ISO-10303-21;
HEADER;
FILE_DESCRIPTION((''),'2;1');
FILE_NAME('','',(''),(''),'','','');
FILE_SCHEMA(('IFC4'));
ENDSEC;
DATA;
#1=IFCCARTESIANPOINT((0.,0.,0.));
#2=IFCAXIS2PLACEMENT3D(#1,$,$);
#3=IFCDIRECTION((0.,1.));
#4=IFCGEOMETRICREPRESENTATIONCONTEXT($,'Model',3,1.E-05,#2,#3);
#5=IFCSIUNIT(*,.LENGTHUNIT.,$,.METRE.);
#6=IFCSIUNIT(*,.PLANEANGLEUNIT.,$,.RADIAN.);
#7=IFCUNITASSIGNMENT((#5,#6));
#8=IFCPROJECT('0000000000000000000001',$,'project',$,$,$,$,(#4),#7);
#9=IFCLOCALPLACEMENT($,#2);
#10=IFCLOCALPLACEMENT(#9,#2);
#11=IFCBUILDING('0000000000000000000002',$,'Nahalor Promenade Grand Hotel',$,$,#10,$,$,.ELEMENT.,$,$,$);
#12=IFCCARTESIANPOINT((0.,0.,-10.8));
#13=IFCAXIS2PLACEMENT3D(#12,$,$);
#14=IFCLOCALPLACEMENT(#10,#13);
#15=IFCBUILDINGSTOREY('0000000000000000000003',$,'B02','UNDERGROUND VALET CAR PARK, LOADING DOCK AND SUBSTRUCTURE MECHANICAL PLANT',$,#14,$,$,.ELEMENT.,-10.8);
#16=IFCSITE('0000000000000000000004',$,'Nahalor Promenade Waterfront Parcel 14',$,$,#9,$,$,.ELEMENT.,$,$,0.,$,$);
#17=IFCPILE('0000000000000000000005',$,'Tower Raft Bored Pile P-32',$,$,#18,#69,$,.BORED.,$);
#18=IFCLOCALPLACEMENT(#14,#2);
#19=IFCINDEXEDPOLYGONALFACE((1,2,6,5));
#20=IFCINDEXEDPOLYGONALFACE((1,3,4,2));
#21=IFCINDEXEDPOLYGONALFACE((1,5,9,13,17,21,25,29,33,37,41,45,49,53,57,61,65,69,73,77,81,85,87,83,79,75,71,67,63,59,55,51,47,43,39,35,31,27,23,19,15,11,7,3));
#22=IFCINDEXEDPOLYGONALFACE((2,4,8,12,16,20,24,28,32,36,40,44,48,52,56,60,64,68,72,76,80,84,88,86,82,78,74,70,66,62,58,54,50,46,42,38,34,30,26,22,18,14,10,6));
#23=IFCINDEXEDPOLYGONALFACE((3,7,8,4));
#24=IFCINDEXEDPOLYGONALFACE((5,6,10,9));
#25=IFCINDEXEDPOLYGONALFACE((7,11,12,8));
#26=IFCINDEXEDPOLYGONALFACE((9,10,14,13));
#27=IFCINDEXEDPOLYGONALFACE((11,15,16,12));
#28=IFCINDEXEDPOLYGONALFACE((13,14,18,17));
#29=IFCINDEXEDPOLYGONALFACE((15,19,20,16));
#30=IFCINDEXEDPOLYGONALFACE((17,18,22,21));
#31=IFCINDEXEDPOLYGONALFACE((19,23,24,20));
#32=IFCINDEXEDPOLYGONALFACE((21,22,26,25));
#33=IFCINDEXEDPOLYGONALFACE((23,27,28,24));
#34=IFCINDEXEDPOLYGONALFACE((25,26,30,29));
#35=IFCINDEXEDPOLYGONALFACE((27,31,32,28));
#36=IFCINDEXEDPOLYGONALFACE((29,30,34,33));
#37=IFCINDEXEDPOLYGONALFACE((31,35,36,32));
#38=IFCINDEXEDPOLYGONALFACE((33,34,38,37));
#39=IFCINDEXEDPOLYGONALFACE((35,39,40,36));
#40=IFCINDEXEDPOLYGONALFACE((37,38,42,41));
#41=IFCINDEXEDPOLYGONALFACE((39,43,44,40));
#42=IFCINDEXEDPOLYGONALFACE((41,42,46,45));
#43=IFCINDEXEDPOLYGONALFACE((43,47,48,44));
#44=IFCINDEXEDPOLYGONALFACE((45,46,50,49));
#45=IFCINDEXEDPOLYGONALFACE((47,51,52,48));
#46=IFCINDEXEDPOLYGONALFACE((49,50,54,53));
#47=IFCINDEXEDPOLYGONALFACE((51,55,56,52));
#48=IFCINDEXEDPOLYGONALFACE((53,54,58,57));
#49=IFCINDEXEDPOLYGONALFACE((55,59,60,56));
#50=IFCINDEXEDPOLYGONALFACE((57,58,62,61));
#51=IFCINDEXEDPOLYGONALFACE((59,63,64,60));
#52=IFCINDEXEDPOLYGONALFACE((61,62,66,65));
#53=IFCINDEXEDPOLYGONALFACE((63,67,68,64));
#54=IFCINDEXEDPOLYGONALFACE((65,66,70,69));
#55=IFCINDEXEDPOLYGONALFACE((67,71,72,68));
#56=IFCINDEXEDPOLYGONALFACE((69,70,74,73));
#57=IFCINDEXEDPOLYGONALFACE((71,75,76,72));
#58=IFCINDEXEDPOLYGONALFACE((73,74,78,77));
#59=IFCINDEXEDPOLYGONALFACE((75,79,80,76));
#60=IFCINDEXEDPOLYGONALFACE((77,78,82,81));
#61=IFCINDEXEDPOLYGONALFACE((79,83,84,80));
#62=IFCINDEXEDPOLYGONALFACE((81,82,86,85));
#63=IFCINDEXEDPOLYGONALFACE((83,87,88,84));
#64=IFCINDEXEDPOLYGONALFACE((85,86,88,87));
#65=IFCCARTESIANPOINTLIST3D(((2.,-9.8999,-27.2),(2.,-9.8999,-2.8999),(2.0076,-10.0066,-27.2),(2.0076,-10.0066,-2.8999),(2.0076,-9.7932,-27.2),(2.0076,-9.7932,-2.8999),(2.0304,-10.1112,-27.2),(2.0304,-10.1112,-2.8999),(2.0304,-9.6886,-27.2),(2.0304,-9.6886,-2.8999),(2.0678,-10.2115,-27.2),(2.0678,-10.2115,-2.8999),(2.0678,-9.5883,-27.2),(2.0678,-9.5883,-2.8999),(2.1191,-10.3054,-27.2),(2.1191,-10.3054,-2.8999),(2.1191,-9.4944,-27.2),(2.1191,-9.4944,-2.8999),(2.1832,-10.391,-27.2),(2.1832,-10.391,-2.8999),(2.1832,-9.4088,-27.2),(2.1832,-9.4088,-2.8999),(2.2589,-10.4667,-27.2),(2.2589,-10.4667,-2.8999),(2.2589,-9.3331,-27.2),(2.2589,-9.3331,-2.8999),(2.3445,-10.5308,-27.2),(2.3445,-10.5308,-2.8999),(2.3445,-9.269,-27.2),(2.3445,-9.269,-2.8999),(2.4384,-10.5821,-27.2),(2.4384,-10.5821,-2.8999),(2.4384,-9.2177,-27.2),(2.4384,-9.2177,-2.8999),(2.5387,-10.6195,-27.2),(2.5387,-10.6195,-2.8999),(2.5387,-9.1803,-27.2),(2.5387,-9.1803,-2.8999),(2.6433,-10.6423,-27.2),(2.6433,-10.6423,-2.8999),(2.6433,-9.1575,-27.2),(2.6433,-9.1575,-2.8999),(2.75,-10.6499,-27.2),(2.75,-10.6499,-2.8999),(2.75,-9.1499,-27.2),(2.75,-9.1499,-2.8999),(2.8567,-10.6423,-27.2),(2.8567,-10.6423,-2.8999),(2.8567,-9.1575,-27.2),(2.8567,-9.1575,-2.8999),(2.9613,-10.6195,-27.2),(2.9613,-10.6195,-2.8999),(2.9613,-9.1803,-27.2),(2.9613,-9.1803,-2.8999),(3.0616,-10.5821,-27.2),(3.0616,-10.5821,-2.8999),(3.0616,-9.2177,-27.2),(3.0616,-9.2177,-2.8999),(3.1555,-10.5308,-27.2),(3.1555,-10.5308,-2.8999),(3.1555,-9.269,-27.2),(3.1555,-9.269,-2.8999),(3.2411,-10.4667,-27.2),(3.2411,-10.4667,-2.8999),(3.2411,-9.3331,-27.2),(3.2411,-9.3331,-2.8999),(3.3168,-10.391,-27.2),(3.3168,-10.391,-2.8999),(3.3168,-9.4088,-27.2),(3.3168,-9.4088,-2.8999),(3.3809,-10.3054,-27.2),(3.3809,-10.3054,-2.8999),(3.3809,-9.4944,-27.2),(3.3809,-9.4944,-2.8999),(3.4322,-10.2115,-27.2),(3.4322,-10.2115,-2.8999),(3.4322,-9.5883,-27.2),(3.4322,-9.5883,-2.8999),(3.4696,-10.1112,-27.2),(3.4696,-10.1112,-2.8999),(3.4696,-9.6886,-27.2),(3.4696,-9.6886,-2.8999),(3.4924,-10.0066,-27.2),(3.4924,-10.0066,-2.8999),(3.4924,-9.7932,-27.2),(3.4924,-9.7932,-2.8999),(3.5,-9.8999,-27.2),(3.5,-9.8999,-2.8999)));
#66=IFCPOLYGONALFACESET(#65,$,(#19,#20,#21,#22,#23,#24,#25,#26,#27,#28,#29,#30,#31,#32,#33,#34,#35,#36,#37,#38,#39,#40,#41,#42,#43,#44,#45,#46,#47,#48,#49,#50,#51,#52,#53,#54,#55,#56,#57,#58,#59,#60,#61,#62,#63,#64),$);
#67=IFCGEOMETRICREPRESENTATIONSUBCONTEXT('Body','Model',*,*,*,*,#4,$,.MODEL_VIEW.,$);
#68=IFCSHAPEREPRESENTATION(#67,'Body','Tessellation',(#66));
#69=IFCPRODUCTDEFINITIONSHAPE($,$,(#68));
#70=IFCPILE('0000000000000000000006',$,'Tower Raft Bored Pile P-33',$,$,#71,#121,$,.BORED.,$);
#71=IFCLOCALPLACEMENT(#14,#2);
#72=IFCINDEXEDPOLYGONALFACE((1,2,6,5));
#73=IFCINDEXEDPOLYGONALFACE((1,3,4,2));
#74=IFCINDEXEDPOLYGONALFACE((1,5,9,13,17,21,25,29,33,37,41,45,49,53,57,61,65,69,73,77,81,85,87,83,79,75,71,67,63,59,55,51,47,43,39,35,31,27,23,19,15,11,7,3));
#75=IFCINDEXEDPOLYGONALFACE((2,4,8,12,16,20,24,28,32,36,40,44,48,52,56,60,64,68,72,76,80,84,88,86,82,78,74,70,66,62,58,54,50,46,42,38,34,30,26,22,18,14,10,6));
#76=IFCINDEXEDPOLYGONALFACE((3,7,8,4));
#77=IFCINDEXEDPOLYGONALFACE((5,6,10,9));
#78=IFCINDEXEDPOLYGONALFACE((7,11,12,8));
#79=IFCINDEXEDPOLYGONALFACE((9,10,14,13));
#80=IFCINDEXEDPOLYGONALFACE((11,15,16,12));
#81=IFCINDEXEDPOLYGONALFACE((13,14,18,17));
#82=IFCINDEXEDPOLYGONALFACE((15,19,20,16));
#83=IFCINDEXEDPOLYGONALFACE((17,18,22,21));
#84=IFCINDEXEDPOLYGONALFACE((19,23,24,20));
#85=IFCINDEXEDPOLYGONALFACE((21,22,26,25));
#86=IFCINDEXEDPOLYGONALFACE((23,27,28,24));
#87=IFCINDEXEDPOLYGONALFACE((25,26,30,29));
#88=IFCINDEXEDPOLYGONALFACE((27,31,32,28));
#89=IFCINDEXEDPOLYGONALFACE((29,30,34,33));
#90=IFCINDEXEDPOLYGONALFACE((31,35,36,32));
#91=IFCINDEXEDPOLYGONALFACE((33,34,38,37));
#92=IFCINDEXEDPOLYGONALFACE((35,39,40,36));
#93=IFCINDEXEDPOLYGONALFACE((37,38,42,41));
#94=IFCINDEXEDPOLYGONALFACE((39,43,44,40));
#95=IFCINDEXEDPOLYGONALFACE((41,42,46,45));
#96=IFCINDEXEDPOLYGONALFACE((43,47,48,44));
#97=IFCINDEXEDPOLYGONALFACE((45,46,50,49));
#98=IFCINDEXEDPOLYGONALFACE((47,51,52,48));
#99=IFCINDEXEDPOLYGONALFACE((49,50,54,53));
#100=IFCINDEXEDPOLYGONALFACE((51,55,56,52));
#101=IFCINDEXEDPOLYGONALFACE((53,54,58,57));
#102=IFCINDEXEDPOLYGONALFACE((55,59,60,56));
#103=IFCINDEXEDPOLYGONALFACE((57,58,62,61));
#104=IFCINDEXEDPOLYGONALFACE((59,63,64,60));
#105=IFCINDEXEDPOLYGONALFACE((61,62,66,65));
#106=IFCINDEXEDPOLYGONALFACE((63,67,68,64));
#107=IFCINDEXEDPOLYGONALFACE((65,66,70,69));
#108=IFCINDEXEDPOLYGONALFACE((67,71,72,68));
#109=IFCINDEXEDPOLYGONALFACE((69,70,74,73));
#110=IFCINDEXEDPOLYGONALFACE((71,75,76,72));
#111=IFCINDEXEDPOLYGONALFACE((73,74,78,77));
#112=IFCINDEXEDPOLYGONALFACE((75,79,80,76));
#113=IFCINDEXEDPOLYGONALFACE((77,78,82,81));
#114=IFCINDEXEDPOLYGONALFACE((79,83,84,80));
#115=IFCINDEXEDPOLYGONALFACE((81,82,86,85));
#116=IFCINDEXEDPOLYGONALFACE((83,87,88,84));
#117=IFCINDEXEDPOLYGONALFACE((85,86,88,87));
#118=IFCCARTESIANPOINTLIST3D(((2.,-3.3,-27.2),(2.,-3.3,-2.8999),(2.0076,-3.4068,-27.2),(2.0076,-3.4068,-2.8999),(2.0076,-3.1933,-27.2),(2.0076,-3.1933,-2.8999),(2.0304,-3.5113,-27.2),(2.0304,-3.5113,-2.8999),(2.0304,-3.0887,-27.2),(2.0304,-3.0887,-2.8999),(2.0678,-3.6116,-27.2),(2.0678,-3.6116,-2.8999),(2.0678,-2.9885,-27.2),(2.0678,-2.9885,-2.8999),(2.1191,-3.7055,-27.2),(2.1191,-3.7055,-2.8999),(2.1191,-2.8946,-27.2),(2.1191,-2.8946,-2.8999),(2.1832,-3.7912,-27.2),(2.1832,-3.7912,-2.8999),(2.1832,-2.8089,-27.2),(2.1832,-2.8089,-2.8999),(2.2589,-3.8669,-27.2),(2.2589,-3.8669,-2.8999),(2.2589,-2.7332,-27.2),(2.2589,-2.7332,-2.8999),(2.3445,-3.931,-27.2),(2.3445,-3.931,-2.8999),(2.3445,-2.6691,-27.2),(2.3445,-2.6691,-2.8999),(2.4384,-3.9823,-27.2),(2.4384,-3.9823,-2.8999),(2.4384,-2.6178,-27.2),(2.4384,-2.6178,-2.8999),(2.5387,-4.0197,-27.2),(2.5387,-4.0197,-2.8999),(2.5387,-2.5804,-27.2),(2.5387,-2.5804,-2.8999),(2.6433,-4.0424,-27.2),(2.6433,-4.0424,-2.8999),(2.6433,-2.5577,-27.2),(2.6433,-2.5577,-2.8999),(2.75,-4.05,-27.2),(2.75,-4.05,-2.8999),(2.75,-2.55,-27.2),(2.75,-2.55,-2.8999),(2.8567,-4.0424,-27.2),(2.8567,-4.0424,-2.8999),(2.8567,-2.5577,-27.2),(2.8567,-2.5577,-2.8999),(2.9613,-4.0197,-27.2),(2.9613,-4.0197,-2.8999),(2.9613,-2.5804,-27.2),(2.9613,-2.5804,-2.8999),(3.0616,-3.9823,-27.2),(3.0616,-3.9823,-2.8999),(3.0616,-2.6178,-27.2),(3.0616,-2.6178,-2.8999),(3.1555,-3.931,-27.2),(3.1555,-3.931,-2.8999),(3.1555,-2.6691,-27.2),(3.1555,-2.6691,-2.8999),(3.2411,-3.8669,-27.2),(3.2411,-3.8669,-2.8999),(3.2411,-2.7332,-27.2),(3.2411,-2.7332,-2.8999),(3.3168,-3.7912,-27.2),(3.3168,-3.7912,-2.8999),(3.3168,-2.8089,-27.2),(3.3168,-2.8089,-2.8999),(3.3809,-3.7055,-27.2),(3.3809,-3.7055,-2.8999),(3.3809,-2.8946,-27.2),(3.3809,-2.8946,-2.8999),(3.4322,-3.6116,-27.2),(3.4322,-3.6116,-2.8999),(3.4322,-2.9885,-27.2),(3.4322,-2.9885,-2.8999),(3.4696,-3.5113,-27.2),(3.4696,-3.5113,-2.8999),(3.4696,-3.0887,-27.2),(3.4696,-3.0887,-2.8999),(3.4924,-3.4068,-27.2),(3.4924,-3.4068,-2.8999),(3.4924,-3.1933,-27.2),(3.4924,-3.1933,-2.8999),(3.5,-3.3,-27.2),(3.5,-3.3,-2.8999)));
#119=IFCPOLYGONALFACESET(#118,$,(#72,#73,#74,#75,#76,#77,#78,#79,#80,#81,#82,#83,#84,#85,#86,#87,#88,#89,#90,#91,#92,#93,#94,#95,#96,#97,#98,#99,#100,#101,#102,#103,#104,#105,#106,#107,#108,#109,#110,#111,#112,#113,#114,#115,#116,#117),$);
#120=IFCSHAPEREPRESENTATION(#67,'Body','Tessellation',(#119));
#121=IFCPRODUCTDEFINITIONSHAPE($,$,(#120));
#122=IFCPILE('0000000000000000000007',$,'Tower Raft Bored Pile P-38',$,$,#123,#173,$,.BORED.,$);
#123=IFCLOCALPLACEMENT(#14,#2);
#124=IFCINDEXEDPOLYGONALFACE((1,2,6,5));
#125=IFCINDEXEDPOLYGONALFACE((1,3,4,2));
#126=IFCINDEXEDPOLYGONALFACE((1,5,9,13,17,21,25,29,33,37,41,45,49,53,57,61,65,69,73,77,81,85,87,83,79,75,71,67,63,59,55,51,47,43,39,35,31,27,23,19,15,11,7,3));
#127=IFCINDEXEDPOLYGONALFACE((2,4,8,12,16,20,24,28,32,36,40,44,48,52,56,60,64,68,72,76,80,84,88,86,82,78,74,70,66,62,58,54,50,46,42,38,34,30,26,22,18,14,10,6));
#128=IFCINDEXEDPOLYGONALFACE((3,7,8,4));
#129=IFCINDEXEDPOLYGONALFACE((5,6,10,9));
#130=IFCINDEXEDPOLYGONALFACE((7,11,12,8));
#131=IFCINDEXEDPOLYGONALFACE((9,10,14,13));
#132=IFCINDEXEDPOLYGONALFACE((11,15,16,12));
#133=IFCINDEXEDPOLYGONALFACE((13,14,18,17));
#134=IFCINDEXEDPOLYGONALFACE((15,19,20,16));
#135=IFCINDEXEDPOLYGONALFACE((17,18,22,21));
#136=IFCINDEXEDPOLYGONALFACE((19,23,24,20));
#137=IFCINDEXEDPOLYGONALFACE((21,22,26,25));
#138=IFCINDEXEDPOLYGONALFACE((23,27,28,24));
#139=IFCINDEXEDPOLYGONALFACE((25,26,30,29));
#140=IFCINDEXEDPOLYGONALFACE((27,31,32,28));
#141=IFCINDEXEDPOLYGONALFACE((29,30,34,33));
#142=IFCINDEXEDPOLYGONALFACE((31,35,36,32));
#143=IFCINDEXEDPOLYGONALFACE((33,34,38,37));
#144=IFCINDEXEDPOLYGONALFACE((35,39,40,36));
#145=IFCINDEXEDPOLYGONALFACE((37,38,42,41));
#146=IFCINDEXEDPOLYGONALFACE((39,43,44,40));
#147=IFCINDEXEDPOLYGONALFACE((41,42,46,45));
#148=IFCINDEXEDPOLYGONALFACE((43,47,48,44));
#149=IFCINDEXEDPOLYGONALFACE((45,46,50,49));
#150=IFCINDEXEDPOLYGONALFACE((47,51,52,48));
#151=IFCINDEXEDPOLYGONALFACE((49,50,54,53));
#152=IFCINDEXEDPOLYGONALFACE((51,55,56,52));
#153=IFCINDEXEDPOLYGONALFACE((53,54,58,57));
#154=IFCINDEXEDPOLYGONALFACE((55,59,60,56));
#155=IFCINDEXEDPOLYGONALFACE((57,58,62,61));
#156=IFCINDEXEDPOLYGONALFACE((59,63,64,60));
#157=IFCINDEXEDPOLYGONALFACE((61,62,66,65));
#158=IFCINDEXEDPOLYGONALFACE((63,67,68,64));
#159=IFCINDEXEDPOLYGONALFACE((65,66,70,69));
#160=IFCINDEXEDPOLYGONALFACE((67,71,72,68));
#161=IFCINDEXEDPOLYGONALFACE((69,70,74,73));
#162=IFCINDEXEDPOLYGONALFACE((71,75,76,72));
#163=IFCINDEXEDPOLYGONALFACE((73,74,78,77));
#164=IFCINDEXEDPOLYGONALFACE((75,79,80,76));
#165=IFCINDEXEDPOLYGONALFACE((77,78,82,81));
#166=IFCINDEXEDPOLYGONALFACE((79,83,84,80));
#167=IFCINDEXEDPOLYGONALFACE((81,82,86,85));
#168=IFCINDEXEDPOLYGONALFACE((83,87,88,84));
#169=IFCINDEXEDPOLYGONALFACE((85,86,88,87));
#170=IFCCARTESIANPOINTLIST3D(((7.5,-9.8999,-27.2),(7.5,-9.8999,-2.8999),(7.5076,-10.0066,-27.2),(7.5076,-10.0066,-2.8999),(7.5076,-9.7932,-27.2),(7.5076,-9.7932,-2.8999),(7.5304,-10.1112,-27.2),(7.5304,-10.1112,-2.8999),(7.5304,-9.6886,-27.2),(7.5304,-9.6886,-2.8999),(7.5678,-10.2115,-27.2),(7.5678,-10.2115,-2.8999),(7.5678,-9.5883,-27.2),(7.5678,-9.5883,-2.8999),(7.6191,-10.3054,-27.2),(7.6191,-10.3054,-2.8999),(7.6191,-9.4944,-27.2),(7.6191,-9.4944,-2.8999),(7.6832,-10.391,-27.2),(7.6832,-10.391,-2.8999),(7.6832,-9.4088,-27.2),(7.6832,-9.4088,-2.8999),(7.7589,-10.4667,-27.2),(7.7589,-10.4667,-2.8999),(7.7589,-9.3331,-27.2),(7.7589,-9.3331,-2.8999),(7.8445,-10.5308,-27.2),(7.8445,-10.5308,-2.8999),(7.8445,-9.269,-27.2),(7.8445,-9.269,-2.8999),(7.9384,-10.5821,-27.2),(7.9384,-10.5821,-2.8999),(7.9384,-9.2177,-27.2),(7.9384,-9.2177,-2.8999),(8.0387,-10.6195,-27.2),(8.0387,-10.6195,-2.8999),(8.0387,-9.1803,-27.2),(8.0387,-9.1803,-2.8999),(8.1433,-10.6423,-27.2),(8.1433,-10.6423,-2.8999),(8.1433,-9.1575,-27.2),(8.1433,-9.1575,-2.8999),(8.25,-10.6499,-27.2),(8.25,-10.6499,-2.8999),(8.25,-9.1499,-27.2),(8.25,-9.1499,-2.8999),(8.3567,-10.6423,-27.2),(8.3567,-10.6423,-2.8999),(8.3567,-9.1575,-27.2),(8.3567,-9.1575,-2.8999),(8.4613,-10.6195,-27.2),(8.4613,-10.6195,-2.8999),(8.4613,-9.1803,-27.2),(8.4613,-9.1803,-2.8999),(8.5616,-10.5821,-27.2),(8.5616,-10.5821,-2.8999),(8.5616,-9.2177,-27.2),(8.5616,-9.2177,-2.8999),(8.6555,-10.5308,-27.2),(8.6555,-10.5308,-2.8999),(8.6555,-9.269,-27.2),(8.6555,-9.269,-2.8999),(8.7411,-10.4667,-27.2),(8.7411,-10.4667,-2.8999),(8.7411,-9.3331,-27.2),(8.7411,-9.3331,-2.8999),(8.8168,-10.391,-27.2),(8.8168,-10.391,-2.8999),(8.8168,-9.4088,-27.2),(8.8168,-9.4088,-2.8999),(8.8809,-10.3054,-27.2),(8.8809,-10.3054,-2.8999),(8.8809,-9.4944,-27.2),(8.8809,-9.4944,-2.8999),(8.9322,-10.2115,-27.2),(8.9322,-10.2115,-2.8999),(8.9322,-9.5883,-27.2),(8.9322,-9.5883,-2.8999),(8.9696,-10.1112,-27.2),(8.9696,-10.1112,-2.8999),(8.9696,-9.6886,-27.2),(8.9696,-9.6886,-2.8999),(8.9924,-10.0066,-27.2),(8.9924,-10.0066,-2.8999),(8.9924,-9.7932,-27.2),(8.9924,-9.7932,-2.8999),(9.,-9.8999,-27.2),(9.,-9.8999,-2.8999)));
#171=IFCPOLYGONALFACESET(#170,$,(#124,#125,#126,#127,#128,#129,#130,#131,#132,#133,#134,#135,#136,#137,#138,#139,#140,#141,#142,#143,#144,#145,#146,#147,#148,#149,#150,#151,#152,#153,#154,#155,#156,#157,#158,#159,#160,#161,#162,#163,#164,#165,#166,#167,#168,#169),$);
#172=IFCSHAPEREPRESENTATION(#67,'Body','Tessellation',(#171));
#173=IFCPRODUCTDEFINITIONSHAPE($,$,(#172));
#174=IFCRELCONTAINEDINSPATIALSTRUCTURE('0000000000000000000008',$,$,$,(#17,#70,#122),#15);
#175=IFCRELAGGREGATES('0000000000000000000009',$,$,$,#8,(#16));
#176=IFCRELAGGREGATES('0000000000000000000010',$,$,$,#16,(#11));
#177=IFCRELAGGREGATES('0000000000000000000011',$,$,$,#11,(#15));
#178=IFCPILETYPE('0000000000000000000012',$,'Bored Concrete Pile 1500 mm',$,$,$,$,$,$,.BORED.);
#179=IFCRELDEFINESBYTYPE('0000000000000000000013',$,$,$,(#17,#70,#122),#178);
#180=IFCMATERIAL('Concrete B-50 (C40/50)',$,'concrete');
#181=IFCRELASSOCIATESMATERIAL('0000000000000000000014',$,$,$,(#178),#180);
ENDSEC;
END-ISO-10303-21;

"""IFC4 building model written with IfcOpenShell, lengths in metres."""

from ifc_helpers import new_model, si_unit, direction, frame, origin, origin_2d, place, context, subcontext, project, spatial, circle, extrude, source, transform, mapped, material, material_profile, profile_set, type_object, element, save


model = new_model("IFC4")

# Units and contexts
model_context = context("Model", 3, precision=1e-05, world=origin(), true_north=direction((0.0, 1.0)))
body_context = subcontext(model_context, "Body", "Model", "MODEL_VIEW")
ifc_project = project(units=[si_unit("LENGTHUNIT", "METRE"), si_unit("PLANEANGLEUNIT", "RADIAN")], contexts=[model_context])

# Site, building, storey
site_placement = place(None, origin())
site = spatial("IfcSite", under=ifc_project, at=site_placement, Name="Nahalor Promenade Waterfront Parcel 14", CompositionType="ELEMENT", RefElevation=0.0)
building_placement = place(site_placement, origin())
building = spatial("IfcBuilding", under=site, at=building_placement, Name="Nahalor Promenade Grand Hotel", CompositionType="ELEMENT")
storey_placement = place(building_placement, frame((0.0, 0.0, -10.8)))
storey = spatial("IfcBuildingStorey", under=building, at=storey_placement, Name="B02", Description="UNDERGROUND VALET CAR PARK, LOADING DOCK AND SUBSTRUCTURE MECHANICAL PLANT", CompositionType="ELEMENT", Elevation=-10.8)

# Piles
ifc_material_1 = material(Name="Concrete B-50 (C40/50)", Category="concrete")
ifc_material_profile_1 = material_profile(ifc_material_1, circle(Radius=0.75, at=origin_2d()), Name="PILE D1500")
ifc_profile_set_1 = profile_set([ifc_material_profile_1], Name="Concrete B-50 (C40/50)")
pile_type = type_object("IfcPileType", Name="Bored Concrete Pile 1500 mm", PredefinedType="BORED", material=ifc_profile_set_1)
shared_shape_1 = source(origin(), body_context, "Body", "SweptSolid", [
    extrude(circle(Radius=0.75, at=origin_2d()), origin(), (0.0, 0.0, 1.0), 24.3),
])
for number, where, z_axis, x_axis, name in (
    (1, (2.75, -9.8999, -2.8999), (0.0, 0.0, -1.0), (1.0, 0.0, 0.0), "Tower Raft Bored Pile P-32"),
    (2, (2.75, -3.3, -2.8999), (0.0, 0.0, -1.0), (1.0, 0.0, 0.0), "Tower Raft Bored Pile P-33"),
    (3, (8.25, -9.8999, -2.8999), (0.0, 0.0, -1.0), (1.0, 0.0, 0.0), "Tower Raft Bored Pile P-38"),
):
    element("IfcPile", number, at=place(storey_placement, frame(where, z_axis=z_axis, x_axis=x_axis)), inside=storey, type_object=pile_type, Name=name, PredefinedType="BORED", context=body_context, shape_type="MappedRepresentation", body=[
        mapped(shared_shape_1, transform((0.0, 0.0, 0.0), scale=1.0)),
    ])

save(model, "model.ifc")
